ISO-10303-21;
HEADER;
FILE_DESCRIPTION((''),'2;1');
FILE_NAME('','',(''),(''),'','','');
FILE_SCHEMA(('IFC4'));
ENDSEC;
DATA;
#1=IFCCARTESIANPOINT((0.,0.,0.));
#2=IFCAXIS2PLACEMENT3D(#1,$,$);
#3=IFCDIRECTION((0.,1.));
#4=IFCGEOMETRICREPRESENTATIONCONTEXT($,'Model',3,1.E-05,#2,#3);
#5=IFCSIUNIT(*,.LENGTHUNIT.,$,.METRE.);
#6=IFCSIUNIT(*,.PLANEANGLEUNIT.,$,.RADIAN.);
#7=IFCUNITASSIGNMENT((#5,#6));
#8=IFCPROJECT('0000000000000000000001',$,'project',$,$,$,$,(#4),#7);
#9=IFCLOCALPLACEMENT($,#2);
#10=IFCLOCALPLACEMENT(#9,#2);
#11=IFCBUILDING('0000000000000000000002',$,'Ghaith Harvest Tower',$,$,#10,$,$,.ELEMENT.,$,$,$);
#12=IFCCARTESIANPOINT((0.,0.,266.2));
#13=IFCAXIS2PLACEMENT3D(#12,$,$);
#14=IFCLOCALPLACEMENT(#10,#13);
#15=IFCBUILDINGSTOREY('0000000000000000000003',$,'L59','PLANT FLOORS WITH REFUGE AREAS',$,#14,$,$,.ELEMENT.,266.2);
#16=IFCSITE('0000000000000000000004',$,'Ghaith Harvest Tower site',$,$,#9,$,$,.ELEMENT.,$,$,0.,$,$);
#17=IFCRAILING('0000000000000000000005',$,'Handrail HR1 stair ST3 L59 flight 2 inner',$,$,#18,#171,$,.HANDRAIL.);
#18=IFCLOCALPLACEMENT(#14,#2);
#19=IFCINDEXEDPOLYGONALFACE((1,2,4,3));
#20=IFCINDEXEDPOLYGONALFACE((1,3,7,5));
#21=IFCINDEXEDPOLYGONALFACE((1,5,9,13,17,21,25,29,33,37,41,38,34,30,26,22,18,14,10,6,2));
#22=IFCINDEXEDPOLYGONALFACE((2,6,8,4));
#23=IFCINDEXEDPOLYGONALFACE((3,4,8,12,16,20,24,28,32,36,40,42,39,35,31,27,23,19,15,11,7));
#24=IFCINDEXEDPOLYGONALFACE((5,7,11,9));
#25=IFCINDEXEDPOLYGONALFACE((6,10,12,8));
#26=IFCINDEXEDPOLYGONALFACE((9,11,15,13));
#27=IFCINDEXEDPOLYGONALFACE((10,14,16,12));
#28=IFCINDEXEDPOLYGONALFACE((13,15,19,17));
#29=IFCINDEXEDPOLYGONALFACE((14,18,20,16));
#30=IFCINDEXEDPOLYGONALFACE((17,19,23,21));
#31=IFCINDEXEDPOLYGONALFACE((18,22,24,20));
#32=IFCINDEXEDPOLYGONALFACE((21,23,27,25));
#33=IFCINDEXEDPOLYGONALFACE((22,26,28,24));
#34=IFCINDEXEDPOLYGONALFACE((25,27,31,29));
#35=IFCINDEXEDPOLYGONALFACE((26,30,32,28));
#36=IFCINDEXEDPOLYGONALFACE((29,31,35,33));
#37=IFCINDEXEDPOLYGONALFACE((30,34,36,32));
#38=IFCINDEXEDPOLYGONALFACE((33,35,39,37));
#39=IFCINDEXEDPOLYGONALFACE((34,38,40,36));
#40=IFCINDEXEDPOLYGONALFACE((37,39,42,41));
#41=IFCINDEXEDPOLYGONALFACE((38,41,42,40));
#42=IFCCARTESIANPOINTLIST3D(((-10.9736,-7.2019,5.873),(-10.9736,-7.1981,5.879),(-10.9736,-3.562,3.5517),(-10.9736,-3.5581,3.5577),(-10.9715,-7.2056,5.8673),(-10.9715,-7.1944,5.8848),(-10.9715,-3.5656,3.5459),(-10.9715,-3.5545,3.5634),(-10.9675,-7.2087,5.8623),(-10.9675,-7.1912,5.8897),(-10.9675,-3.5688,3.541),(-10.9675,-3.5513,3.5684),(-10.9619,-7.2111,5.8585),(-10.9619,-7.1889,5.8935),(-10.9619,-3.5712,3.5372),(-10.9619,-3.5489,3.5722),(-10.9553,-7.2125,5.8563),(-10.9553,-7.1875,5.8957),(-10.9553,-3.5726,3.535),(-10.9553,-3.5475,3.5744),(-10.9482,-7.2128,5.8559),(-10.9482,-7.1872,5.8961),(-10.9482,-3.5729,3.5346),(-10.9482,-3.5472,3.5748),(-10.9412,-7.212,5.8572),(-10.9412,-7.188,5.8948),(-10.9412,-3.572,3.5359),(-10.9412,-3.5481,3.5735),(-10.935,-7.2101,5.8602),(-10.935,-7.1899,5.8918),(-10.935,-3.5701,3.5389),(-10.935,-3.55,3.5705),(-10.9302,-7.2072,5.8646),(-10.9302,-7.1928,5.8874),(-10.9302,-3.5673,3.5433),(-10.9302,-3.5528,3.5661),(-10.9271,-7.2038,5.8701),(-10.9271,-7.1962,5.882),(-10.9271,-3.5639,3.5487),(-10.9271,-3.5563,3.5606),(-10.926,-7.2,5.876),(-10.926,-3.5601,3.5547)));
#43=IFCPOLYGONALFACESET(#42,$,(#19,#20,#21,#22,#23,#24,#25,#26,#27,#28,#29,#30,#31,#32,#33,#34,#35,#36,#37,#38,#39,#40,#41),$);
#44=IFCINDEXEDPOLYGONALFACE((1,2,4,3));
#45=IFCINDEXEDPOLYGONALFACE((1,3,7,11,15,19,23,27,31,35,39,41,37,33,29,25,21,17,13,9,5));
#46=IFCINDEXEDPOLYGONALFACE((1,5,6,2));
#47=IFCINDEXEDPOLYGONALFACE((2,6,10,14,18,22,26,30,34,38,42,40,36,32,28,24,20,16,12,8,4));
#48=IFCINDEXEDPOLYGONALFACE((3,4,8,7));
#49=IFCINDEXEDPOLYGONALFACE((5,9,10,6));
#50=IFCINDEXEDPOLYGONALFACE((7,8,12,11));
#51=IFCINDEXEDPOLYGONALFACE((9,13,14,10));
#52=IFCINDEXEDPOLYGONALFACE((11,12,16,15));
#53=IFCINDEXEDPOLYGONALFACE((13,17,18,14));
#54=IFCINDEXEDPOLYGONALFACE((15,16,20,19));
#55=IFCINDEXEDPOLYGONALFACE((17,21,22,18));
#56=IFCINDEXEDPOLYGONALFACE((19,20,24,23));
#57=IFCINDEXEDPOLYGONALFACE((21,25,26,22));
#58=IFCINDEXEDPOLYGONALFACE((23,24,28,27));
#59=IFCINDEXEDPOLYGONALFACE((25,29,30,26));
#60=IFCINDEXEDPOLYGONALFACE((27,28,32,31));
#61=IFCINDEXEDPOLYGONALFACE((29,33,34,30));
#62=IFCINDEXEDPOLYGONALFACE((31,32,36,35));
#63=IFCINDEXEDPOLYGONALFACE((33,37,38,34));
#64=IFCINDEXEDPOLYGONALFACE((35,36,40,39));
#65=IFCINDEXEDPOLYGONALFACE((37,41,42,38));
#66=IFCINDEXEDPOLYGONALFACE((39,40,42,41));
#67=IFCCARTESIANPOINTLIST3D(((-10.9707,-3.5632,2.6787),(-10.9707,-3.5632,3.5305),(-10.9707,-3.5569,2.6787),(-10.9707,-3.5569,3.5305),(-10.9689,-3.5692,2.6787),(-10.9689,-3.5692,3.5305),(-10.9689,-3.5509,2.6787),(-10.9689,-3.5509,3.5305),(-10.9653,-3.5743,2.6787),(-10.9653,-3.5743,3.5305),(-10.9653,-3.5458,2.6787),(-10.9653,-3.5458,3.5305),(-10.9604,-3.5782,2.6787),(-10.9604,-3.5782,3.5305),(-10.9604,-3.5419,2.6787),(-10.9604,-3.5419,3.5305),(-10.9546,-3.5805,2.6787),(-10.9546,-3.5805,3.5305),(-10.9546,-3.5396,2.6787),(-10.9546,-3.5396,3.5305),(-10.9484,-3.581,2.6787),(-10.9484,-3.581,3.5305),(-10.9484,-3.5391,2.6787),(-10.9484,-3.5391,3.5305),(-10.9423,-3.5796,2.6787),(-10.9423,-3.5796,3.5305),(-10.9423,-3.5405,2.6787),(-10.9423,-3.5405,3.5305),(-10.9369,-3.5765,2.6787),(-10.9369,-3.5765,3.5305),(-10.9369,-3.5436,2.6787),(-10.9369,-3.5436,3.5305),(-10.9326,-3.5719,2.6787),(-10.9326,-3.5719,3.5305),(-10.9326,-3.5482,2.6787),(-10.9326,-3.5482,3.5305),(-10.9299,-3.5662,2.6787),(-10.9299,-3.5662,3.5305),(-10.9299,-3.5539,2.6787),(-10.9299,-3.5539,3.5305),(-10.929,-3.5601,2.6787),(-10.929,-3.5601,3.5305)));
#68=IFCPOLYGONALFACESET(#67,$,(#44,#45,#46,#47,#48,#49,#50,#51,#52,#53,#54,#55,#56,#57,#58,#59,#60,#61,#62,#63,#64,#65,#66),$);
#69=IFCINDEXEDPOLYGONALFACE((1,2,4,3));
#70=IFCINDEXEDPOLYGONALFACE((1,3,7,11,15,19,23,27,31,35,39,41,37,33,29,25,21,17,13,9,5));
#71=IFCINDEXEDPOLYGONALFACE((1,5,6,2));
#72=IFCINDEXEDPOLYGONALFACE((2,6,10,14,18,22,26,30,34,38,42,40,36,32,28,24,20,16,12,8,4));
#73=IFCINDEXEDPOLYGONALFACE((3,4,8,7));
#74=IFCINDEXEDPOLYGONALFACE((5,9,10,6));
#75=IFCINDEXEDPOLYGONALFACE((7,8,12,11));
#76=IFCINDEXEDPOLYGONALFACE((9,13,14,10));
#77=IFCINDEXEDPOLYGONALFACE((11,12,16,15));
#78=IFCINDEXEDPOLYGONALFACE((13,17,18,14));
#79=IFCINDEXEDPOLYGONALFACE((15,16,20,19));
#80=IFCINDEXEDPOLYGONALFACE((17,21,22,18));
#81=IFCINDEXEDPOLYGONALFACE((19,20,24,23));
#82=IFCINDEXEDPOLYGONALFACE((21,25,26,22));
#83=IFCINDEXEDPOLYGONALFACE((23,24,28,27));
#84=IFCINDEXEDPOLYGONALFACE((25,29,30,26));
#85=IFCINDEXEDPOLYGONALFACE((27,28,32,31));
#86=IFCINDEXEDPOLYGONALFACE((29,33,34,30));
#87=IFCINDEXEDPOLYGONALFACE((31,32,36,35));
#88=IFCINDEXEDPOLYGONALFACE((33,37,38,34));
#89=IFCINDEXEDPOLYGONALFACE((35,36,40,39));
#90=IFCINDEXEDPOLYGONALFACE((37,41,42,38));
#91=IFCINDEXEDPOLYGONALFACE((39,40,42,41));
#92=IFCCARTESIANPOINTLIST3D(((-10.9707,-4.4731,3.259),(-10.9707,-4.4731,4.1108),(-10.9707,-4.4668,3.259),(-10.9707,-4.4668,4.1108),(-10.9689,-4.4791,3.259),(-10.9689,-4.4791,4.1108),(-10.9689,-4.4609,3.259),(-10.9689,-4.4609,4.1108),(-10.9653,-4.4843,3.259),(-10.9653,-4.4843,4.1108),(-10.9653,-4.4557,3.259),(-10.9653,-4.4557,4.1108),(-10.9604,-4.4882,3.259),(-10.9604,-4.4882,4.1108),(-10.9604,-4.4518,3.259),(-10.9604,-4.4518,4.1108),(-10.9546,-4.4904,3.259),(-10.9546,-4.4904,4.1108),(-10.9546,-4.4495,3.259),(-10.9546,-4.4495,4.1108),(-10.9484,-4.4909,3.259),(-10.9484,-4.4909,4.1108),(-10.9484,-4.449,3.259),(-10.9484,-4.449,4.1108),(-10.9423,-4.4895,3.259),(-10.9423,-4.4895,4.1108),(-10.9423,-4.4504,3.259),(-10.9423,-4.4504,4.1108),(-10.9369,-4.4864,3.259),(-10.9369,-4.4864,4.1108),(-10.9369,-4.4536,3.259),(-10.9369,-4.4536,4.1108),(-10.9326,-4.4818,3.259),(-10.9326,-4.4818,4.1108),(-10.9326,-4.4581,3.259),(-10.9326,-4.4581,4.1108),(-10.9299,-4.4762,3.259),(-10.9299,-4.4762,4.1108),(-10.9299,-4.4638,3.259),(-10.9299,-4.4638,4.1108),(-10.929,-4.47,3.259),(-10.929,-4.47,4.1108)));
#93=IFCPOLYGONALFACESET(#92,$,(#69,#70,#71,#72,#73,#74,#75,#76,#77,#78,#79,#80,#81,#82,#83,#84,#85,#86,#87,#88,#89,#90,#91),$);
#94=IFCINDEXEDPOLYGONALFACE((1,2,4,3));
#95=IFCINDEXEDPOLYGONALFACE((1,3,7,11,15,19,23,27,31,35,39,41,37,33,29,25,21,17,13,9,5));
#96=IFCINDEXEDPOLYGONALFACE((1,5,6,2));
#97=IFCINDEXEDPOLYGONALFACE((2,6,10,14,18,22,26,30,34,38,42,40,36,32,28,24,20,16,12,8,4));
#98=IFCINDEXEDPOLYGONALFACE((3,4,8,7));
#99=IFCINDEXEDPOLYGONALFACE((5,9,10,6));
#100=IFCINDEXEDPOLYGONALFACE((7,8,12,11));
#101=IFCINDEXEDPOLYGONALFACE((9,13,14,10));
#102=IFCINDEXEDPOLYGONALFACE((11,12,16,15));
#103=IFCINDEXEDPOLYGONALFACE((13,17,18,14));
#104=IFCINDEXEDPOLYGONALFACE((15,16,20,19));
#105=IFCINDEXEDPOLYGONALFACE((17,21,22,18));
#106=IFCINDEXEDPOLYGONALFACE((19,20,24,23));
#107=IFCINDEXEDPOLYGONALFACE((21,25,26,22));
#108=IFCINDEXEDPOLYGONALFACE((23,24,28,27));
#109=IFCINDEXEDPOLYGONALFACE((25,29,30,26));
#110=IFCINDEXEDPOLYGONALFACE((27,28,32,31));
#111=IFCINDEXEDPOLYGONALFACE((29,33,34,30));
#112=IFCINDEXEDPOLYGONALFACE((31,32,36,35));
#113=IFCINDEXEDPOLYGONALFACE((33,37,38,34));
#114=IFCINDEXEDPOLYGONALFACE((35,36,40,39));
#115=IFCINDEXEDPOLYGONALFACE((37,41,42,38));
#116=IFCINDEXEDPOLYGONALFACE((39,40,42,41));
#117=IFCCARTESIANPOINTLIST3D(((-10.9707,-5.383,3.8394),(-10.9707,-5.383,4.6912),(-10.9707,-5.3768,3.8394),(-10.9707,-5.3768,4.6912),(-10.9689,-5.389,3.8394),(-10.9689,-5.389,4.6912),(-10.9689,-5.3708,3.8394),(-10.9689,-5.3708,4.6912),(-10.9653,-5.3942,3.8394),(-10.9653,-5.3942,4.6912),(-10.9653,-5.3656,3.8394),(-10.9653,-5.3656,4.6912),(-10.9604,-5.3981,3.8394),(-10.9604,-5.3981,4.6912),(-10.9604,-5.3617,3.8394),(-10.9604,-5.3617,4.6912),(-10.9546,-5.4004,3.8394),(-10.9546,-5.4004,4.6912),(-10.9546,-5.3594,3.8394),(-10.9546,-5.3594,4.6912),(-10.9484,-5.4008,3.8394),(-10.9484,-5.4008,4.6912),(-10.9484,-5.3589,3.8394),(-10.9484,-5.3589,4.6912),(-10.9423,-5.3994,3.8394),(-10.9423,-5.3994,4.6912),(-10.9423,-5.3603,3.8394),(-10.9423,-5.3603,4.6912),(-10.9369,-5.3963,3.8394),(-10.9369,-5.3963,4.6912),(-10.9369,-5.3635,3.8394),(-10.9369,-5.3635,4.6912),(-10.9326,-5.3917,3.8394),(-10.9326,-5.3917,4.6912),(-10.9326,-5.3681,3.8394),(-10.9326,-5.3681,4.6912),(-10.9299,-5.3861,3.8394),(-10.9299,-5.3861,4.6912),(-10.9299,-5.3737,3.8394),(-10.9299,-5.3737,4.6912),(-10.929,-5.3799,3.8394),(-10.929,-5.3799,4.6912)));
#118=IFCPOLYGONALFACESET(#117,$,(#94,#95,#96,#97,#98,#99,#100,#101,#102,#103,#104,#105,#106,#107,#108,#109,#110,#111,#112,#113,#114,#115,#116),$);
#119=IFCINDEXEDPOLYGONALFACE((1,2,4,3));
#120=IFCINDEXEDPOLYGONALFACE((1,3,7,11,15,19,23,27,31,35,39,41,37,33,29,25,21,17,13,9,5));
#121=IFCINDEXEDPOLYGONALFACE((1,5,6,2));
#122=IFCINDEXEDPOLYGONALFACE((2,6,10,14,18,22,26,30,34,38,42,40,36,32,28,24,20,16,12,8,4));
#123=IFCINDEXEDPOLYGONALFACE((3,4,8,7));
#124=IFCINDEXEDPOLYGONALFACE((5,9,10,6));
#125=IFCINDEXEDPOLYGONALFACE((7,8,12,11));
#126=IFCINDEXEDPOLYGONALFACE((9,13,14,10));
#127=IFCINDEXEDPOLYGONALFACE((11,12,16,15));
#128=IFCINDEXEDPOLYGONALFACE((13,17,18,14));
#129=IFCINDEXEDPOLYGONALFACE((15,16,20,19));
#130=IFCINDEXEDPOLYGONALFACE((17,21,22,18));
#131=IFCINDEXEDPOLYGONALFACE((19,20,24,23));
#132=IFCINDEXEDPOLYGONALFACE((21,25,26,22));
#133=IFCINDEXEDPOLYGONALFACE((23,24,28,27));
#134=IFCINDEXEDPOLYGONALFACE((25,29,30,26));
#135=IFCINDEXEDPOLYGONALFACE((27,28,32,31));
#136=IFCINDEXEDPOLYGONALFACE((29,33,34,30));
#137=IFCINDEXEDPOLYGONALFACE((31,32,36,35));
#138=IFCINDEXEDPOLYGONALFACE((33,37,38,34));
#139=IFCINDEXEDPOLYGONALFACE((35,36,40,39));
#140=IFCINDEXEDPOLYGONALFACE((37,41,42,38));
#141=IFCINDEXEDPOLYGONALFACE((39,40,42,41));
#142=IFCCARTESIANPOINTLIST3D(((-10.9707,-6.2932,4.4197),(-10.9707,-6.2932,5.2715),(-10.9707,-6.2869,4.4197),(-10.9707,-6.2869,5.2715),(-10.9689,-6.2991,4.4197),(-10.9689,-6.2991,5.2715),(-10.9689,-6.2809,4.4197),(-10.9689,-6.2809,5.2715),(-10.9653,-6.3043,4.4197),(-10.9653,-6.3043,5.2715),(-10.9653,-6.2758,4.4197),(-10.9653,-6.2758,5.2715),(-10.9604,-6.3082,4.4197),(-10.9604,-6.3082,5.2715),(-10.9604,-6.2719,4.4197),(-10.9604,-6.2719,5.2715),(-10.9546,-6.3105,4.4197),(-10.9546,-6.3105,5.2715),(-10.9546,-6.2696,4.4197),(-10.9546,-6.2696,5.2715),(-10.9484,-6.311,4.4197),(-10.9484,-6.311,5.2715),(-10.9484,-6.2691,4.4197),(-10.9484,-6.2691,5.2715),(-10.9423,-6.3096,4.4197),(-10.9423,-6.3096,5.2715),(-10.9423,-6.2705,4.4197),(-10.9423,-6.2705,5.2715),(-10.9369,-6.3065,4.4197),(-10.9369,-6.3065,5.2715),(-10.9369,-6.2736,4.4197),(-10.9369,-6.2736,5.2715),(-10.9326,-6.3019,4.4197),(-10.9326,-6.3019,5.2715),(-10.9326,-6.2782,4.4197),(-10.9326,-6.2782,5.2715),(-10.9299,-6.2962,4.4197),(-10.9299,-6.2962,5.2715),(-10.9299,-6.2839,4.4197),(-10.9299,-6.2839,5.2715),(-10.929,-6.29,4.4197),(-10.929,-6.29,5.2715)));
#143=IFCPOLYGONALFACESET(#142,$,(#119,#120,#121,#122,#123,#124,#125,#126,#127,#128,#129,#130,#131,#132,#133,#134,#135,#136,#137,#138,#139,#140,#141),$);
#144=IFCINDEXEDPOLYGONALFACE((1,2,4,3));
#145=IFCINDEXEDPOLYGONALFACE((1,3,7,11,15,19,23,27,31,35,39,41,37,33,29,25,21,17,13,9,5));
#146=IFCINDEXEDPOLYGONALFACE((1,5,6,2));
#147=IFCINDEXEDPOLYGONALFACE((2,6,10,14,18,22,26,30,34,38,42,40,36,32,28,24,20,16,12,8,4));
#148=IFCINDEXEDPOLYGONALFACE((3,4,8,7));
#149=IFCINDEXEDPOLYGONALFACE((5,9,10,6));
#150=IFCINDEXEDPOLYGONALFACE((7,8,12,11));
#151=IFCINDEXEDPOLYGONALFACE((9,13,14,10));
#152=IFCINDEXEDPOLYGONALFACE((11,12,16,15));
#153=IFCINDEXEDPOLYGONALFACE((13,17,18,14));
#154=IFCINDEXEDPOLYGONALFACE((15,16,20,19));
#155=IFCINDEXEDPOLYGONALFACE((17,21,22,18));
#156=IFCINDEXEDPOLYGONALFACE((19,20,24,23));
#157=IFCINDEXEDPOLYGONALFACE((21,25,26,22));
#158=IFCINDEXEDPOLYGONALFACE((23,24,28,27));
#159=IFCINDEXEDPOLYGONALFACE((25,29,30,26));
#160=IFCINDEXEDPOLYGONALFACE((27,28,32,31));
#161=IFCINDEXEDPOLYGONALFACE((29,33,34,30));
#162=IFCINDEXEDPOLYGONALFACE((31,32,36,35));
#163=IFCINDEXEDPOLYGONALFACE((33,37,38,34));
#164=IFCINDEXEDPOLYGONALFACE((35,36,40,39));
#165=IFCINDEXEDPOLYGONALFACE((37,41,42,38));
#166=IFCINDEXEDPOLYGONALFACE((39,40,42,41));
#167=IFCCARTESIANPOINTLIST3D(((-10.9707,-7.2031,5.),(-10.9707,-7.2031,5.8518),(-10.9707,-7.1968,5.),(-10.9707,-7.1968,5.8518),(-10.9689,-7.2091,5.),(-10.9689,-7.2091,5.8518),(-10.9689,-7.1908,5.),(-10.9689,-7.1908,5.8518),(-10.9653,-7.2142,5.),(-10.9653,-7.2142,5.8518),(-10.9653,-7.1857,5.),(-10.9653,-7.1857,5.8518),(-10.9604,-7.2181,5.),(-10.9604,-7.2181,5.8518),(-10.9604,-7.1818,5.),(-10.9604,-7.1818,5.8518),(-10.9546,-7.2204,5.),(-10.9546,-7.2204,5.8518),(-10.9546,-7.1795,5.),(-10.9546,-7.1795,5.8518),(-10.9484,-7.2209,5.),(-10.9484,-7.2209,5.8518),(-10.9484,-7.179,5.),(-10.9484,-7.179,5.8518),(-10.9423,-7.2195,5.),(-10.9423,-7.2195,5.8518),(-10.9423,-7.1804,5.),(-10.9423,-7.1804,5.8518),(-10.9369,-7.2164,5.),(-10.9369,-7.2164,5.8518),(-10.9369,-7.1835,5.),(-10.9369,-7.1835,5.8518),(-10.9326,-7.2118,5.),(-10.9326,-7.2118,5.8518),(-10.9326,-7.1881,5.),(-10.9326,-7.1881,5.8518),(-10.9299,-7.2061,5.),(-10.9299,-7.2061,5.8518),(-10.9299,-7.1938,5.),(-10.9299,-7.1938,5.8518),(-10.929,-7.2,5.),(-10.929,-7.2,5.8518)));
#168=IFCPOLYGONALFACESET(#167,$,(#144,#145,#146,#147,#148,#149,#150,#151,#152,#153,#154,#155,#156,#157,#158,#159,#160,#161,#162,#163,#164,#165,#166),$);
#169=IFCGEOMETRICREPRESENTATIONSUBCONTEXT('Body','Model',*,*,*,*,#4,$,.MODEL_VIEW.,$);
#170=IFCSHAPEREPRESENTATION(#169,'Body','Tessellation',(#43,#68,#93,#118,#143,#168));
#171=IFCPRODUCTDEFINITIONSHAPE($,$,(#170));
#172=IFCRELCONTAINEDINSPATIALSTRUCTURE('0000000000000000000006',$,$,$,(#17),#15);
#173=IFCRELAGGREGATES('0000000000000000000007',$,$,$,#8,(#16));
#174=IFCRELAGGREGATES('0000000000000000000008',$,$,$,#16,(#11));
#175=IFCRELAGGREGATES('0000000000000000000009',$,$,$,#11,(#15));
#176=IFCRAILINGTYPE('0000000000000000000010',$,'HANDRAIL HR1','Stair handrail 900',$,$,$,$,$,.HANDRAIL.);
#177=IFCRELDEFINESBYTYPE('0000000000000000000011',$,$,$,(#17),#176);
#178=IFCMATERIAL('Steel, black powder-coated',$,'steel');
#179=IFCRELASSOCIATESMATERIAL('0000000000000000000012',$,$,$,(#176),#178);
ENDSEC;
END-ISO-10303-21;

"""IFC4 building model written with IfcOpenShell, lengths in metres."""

from ifc_helpers import new_model, si_unit, direction, frame, origin, origin_2d, place, context, subcontext, project, spatial, circle, extrude, material, type_object, element, save


model = new_model("IFC4")

# Units and contexts
model_context = context("Model", 3, precision=1e-05, world=origin(), true_north=direction((0.0, 1.0)))
body_context = subcontext(model_context, "Body", "Model", "MODEL_VIEW")
ifc_project = project(units=[si_unit("LENGTHUNIT", "METRE"), si_unit("PLANEANGLEUNIT", "RADIAN")], contexts=[model_context])

# Site, building, storey
site_placement = place(None, origin())
site = spatial("IfcSite", under=ifc_project, at=site_placement, Name="Ghaith Harvest Tower site", CompositionType="ELEMENT", RefElevation=0.0)
building_placement = place(site_placement, origin())
building = spatial("IfcBuilding", under=site, at=building_placement, Name="Ghaith Harvest Tower", CompositionType="ELEMENT")
storey_placement = place(building_placement, frame((0.0, 0.0, 266.2)))
storey = spatial("IfcBuildingStorey", under=building, at=storey_placement, Name="L59", Description="PLANT FLOORS WITH REFUGE AREAS", CompositionType="ELEMENT", Elevation=266.2)

# Railing
ifc_material_1 = material(Name="Steel, black powder-coated", Category="steel")
railing_type = type_object("IfcRailingType", Name="HANDRAIL HR1", Description="Stair handrail 900", PredefinedType="HANDRAIL", material=ifc_material_1)
railing_1_placement = place(storey_placement, frame((-10.95, -3.5601, 2.6787)))
element("IfcRailing", 1, at=railing_1_placement, inside=storey, type_object=railing_type, Name="Handrail HR1 stair ST3 L59 flight 2 inner", PredefinedType="HANDRAIL", context=body_context, shape_type="SweptSolid", body=[
    extrude(circle(Radius=0.0239, at=origin_2d()), frame((0.0, 0.0, 0.876), z_axis=(0.0, -0.843137, 0.537699), x_axis=(1.0, 0.0, 0.0)), (0.0, 0.0, 1.0), 4.3171),
    extrude(circle(Radius=0.021, at=origin_2d()), origin(), (0.0, 0.0, 1.0), 0.8518),
    extrude(circle(Radius=0.021, at=origin_2d()), frame((0.0, -0.9099, 0.5803)), (0.0, 0.0, 1.0), 0.8518),
    extrude(circle(Radius=0.021, at=origin_2d()), frame((0.0, -1.8198, 1.1606)), (0.0, 0.0, 1.0), 0.8518),
    extrude(circle(Radius=0.021, at=origin_2d()), frame((0.0, -2.73, 1.741)), (0.0, 0.0, 1.0), 0.8518),
    extrude(circle(Radius=0.021, at=origin_2d()), frame((0.0, -3.6399, 2.3213)), (0.0, 0.0, 1.0), 0.8518),
])

save(model, "model.ifc")
